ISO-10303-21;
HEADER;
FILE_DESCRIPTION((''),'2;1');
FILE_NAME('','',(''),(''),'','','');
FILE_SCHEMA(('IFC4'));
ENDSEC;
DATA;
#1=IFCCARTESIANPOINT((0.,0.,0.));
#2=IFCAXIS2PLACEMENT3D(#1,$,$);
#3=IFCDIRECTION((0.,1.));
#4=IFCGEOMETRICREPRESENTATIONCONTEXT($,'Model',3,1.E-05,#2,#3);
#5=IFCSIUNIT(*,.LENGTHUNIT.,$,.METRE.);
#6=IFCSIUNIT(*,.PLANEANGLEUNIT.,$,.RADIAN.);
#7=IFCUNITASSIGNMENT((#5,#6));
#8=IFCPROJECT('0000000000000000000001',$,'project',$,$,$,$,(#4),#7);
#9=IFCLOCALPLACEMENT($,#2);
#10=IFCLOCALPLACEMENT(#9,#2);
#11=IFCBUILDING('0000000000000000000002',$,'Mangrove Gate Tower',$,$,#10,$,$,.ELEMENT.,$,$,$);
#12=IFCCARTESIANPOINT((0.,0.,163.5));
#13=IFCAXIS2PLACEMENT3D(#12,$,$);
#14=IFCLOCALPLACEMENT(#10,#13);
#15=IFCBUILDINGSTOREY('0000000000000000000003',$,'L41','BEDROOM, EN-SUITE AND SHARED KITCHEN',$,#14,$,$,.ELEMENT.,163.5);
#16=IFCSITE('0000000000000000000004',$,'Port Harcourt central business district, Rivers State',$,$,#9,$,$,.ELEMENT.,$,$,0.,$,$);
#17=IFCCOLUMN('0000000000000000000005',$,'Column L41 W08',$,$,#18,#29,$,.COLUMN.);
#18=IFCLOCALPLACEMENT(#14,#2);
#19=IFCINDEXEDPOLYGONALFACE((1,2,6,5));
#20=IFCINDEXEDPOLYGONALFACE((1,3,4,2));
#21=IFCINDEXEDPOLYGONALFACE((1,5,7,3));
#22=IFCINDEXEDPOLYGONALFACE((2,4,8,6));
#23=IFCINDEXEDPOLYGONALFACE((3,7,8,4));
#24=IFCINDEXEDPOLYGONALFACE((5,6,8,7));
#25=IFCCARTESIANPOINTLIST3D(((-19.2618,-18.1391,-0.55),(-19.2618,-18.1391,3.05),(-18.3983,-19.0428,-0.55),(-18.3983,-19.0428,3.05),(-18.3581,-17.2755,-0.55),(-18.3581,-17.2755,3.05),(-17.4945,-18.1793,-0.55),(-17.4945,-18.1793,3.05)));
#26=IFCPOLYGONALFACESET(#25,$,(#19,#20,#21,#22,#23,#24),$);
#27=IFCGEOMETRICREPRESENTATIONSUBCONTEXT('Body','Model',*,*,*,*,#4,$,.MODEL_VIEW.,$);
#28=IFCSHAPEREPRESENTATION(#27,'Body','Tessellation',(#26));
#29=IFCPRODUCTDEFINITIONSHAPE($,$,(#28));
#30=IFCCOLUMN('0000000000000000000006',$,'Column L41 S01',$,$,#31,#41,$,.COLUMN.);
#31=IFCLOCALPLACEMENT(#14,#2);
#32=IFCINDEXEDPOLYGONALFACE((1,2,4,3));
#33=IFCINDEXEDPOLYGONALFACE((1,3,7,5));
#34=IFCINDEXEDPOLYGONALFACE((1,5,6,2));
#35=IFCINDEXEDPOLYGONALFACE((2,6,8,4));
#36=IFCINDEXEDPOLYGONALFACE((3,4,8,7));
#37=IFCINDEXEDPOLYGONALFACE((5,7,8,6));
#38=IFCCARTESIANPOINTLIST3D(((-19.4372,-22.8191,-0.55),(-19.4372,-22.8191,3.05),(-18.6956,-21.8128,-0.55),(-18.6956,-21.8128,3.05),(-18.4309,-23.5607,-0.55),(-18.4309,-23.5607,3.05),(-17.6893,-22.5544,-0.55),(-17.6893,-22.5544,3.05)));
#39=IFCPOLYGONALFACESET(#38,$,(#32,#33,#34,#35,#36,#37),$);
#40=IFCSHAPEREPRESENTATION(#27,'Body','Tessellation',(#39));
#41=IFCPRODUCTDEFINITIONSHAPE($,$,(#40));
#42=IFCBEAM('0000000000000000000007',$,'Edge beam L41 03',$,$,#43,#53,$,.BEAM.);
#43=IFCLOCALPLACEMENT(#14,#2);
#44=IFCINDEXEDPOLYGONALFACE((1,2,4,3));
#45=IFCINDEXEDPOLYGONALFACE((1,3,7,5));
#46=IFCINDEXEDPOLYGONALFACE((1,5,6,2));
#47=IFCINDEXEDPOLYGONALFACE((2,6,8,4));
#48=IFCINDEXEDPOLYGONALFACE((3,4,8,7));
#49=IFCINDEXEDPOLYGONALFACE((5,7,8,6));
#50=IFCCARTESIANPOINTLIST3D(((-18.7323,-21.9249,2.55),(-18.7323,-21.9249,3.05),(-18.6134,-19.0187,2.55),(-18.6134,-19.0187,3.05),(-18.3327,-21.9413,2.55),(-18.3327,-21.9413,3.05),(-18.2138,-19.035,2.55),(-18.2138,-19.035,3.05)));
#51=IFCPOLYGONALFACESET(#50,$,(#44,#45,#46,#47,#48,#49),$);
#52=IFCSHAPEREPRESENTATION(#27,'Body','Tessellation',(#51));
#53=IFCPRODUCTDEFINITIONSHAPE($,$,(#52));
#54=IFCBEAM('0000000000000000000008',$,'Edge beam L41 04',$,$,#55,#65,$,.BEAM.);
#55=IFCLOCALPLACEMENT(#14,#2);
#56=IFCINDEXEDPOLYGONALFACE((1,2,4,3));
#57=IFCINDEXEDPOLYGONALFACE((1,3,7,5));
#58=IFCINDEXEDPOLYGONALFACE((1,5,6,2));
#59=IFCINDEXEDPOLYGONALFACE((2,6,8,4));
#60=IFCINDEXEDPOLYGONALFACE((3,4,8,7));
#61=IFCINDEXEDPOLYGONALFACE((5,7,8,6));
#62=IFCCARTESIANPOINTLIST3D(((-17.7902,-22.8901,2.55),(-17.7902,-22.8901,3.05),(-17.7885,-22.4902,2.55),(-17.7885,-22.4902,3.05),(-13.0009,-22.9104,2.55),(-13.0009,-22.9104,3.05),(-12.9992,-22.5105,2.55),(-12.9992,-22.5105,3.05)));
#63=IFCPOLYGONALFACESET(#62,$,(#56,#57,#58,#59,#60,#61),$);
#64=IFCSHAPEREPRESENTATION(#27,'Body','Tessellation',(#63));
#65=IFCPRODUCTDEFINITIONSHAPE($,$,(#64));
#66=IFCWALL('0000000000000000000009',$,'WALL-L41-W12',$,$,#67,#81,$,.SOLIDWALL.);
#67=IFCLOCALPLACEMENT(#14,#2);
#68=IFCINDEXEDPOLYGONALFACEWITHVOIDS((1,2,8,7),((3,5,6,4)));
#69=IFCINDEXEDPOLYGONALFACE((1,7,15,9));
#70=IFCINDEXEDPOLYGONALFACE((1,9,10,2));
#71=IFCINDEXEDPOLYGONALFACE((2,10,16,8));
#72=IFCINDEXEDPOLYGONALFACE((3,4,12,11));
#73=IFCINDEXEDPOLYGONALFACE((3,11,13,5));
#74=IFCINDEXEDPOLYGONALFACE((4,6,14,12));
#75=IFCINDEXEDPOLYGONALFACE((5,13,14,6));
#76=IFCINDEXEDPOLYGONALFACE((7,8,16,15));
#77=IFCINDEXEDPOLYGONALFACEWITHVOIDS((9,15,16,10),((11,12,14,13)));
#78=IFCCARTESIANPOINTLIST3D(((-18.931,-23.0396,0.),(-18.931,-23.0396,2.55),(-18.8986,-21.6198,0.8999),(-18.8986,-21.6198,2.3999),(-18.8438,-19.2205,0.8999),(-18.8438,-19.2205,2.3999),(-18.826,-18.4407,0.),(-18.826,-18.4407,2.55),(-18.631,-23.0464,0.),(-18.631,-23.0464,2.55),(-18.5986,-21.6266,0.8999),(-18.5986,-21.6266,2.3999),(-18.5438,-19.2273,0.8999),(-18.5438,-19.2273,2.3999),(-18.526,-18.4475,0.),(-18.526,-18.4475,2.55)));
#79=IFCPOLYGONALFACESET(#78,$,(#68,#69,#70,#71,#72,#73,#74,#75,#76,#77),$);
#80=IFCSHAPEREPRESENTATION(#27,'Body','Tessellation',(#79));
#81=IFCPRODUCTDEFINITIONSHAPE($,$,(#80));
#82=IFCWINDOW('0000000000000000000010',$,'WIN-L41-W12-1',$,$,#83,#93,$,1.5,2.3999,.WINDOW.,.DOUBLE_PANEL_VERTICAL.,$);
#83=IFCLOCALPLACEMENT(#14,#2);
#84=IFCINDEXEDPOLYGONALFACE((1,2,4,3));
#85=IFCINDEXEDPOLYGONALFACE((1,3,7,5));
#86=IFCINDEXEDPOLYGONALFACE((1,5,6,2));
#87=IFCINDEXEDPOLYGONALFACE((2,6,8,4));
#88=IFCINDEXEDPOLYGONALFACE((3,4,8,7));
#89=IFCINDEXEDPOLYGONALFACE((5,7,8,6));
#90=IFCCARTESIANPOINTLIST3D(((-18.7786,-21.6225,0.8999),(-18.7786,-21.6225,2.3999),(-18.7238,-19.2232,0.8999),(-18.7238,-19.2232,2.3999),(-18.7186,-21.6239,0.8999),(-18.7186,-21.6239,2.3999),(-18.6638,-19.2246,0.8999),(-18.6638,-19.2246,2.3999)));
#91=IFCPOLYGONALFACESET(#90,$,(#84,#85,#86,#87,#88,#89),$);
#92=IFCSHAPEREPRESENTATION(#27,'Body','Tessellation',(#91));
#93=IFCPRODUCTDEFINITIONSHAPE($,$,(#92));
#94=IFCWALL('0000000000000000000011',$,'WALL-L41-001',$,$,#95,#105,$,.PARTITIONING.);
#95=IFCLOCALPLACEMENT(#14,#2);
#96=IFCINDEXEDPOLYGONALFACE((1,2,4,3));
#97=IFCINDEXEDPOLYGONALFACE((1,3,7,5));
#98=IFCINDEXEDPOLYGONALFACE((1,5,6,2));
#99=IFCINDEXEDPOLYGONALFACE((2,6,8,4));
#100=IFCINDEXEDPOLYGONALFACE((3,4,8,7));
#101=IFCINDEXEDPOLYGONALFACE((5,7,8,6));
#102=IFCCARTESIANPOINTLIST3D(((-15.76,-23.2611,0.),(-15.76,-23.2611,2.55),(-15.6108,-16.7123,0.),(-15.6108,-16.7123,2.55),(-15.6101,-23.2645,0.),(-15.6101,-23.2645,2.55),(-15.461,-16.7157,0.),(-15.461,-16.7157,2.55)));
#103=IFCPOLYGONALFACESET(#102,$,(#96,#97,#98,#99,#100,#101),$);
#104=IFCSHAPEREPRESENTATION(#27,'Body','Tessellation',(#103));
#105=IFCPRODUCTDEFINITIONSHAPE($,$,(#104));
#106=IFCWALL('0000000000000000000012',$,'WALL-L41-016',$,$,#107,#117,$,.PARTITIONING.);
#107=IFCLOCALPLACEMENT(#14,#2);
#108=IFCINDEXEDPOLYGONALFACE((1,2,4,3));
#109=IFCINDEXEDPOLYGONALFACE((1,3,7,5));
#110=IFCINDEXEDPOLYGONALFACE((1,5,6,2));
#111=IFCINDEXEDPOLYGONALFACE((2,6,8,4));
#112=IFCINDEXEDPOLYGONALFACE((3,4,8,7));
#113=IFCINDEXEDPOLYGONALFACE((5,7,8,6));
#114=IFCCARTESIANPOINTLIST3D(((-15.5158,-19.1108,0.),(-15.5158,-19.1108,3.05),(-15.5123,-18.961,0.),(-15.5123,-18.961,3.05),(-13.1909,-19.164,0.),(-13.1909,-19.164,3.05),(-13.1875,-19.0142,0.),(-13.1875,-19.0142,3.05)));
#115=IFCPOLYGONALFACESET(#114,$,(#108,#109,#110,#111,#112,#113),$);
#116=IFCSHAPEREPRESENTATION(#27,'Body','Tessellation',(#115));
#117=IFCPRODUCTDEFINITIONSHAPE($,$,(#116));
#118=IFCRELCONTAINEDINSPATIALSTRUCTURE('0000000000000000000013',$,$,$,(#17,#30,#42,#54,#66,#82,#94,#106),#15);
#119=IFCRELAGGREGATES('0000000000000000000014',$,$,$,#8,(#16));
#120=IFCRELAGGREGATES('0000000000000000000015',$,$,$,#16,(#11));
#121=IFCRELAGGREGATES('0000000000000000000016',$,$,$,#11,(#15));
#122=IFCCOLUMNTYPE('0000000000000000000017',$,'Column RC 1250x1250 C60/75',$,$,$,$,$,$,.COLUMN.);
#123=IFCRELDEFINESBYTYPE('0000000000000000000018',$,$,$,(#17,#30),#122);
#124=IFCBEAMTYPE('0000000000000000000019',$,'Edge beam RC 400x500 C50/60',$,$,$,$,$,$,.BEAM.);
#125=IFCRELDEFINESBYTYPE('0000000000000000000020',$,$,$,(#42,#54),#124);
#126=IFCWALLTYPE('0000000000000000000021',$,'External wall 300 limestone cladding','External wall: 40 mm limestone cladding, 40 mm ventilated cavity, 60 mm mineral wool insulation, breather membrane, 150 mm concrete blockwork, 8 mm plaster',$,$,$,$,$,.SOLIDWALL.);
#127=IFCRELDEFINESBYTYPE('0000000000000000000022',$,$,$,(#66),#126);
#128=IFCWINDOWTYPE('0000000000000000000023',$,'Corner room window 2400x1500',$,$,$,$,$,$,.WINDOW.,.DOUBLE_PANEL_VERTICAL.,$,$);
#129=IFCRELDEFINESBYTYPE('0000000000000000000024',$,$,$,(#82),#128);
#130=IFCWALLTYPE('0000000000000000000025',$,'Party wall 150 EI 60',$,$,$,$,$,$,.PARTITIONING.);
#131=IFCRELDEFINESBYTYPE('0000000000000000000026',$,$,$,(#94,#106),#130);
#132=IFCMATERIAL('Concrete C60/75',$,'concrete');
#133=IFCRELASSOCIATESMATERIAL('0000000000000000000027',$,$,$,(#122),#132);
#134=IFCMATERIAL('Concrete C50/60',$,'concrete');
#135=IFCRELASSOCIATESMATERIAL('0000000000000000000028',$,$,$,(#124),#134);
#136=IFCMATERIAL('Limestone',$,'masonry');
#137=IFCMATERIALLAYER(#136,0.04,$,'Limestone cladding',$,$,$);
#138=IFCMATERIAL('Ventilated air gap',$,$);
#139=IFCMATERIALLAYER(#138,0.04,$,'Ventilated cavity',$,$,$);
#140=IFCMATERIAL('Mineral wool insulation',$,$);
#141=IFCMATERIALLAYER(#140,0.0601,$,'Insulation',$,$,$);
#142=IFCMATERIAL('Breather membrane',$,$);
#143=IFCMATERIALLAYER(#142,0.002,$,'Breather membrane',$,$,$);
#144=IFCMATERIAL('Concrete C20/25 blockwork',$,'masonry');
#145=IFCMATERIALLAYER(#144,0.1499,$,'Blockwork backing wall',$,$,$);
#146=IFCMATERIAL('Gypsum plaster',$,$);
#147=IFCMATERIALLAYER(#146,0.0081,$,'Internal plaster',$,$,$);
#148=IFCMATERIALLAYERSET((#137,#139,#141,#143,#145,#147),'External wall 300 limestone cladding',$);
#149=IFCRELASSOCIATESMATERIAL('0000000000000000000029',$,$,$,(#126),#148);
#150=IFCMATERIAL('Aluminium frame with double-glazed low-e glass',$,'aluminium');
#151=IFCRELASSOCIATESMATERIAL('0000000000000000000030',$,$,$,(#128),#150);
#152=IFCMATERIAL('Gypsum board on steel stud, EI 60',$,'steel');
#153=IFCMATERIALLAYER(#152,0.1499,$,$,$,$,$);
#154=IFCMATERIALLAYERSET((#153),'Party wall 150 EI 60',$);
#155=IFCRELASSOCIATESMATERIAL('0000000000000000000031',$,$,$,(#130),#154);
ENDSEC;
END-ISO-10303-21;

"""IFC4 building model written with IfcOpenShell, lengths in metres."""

from ifc_helpers import new_model, si_unit, direction, frame, frame_2d, origin, origin_2d, place, context, subcontext, project, spatial, rectangle, extrude, material, layer, layer_set, material_profile, profile_set, type_object, element, fill, save


model = new_model("IFC4")

# Units and contexts
model_context = context("Model", 3, precision=1e-05, world=origin(), true_north=direction((0.0, 1.0)))
body_context = subcontext(model_context, "Body", "Model", "MODEL_VIEW")
ifc_project = project(units=[si_unit("LENGTHUNIT", "METRE"), si_unit("PLANEANGLEUNIT", "RADIAN")], contexts=[model_context])

# Site, building, storey
site_placement = place(None, origin())
site = spatial("IfcSite", under=ifc_project, at=site_placement, Name="Port Harcourt central business district, Rivers State", CompositionType="ELEMENT", RefElevation=0.0)
building_placement = place(site_placement, origin())
building = spatial("IfcBuilding", under=site, at=building_placement, Name="Mangrove Gate Tower", CompositionType="ELEMENT")
storey_placement = place(building_placement, frame((0.0, 0.0, 163.5)))
storey = spatial("IfcBuildingStorey", under=building, at=storey_placement, Name="L41", Description="BEDROOM, EN-SUITE AND SHARED KITCHEN", CompositionType="ELEMENT", Elevation=163.5)

# Columns
ifc_material_1 = material(Name="Concrete C60/75", Category="concrete")
ifc_material_profile_1 = material_profile(ifc_material_1, rectangle(XDim=1.25, YDim=1.25, at=origin_2d()))
ifc_profile_set_1 = profile_set([ifc_material_profile_1], Name="Concrete C60/75")
column_type = type_object("IfcColumnType", Name="Column RC 1250x1250 C60/75", PredefinedType="COLUMN", material=ifc_profile_set_1)
for number, where, z_axis, x_axis, name in (
    (1, (-18.3782, -18.1592, -0.55), (0.0, 0.0, 1.0), (0.69086, -0.722989, 0.0), "Column L41 W08"),
    (2, (-18.5632, -22.6868, -0.55), (0.0, 0.0, 1.0), (0.804996, -0.59328, 0.0), "Column L41 S01"),
):
    element("IfcColumn", number, at=place(storey_placement, frame(where, z_axis=z_axis, x_axis=x_axis)), inside=storey, type_object=column_type, Name=name, PredefinedType="COLUMN", context=body_context, shape_type="SweptSolid", body=[
        extrude(rectangle(XDim=1.25, YDim=1.25, at=origin_2d()), origin(), (0.0, 0.0, 1.0), 3.6001),
    ])

# Beams
ifc_material_2 = material(Name="Concrete C50/60", Category="concrete")
ifc_material_profile_2 = material_profile(ifc_material_2, rectangle(XDim=0.3999, YDim=0.5, at=origin_2d()))
ifc_profile_set_2 = profile_set([ifc_material_profile_2], Name="Concrete C50/60")
beam_type = type_object("IfcBeamType", Name="Edge beam RC 400x500 C50/60", PredefinedType="BEAM", material=ifc_profile_set_2)
beam_1_placement = place(storey_placement, frame((-18.4136, -19.0269, 2.8), z_axis=(-0.040876, -0.999164, 0.0), x_axis=(0.999164, -0.040876, 0.0)))
element("IfcBeam", 3, at=beam_1_placement, inside=storey, type_object=beam_type, Name="Edge beam L41 03", PredefinedType="BEAM", context=body_context, shape_type="SweptSolid", body=[
    extrude(rectangle(XDim=0.3999, YDim=0.5, at=origin_2d()), origin(), (0.0, 0.0, 1.0), 2.9087),
])
beam_2_placement = place(storey_placement, frame((-17.7893, -22.6902, 2.8), z_axis=(0.999991, -0.004231, 0.0), x_axis=(0.004231, 0.999991, 0.0)))
element("IfcBeam", 4, at=beam_2_placement, inside=storey, type_object=beam_type, Name="Edge beam L41 04", PredefinedType="BEAM", context=body_context, shape_type="SweptSolid", body=[
    extrude(rectangle(XDim=0.3999, YDim=0.5, at=origin_2d()), origin(), (0.0, 0.0, 1.0), 4.7893),
])

# Wall, opening, window
ifc_material_3 = material(Name="Limestone", Category="masonry")
ifc_layer_1 = layer(ifc_material_3, 0.04, Name="Limestone cladding")
ifc_material_4 = material(Name="Ventilated air gap")
ifc_layer_2 = layer(ifc_material_4, 0.04, Name="Ventilated cavity")
ifc_material_5 = material(Name="Mineral wool insulation")
ifc_layer_3 = layer(ifc_material_5, 0.0601, Name="Insulation")
ifc_material_6 = material(Name="Breather membrane")
ifc_layer_4 = layer(ifc_material_6, 0.002, Name="Breather membrane")
ifc_material_7 = material(Name="Concrete C20/25 blockwork", Category="masonry")
ifc_layer_5 = layer(ifc_material_7, 0.1499, Name="Blockwork backing wall")
ifc_material_8 = material(Name="Gypsum plaster")
ifc_layer_6 = layer(ifc_material_8, 0.0081, Name="Internal plaster")
ifc_layer_set_1 = layer_set([ifc_layer_1, ifc_layer_2, ifc_layer_3, ifc_layer_4, ifc_layer_5, ifc_layer_6], Name="External wall 300 limestone cladding")
wall_type_1 = type_object("IfcWallType", Name="External wall 300 limestone cladding", Description="External wall: 40 mm limestone cladding, 40 mm ventilated cavity, 60 mm mineral wool insulation, breather membrane, 150 mm concrete blockwork, 8 mm plaster", PredefinedType="SOLIDWALL", material=ifc_layer_set_1)
wall_1_placement = place(storey_placement, frame((-18.676, -18.4441, 0.0), z_axis=(0.0, 0.0, 1.0), x_axis=(-0.022821, -0.99974, 0.0)))
wall_1 = element("IfcWall", 5, at=wall_1_placement, inside=storey, type_object=wall_type_1, Name="WALL-L41-W12", PredefinedType="SOLIDWALL", context=body_context, shape_type="SweptSolid", body=[
    extrude(rectangle(XDim=4.6001, YDim=0.3, at=frame_2d((2.3, 0.0))), origin(), (0.0, 0.0, 1.0), 2.55),
])
opening_1_placement = place(wall_1_placement, frame((0.78, 0.0, 0.8999)))
opening_1 = element("IfcOpeningElement", 6, at=opening_1_placement, cuts=wall_1, PredefinedType="OPENING", context=body_context, shape_type="SweptSolid", body=[
    extrude(rectangle(XDim=2.3999, YDim=1.5, at=frame_2d((1.2, 0.75))), frame((0.0, 0.1599, 0.0), z_axis=(0.0, -1.0, 0.0), x_axis=(1.0, 0.0, 0.0)), (0.0, 0.0, 1.0), 0.3201),
])
ifc_material_9 = material(Name="Aluminium frame with double-glazed low-e glass", Category="aluminium")
window_type = type_object("IfcWindowType", Name="Corner room window 2400x1500", PartitioningType="DOUBLE_PANEL_VERTICAL", PredefinedType="WINDOW", material=ifc_material_9)
window_placement = place(opening_1_placement, origin())
window = element("IfcWindow", 7, at=window_placement, inside=storey, type_object=window_type, Name="WIN-L41-W12-1", OverallHeight=1.5, OverallWidth=2.3999, PartitioningType="DOUBLE_PANEL_VERTICAL", PredefinedType="WINDOW", context=body_context, shape_type="SweptSolid", body=[
    extrude(rectangle(XDim=2.3999, YDim=1.5, at=frame_2d((1.2, 0.75))), frame((0.0, 0.03, 0.0), z_axis=(0.0, -1.0, 0.0), x_axis=(1.0, 0.0, 0.0)), (0.0, 0.0, 1.0), 0.0601),
])
fill(opening_1, window)

# Walls
ifc_material_10 = material(Name="Gypsum board on steel stud, EI 60", Category="steel")
ifc_layer_7 = layer(ifc_material_10, 0.1499)
ifc_layer_set_2 = layer_set([ifc_layer_7], Name="Party wall 150 EI 60")
wall_type_2 = type_object("IfcWallType", Name="Party wall 150 EI 60", PredefinedType="PARTITIONING", material=ifc_layer_set_2)
wall_2_placement = place(storey_placement, frame((-15.6851, -23.2629, 0.0), z_axis=(0.0, 0.0, 1.0), x_axis=(0.022772, 0.999741, 0.0)))
element("IfcWall", 8, at=wall_2_placement, inside=storey, type_object=wall_type_2, Name="WALL-L41-001", PredefinedType="PARTITIONING", context=body_context, shape_type="SweptSolid", body=[
    extrude(rectangle(XDim=6.5505, YDim=0.1499, at=frame_2d((3.2754, 0.0))), origin(), (0.0, 0.0, 1.0), 2.55),
])
wall_3_placement = place(storey_placement, frame((-15.5139, -19.0359, 0.0), z_axis=(0.0, 0.0, 1.0), x_axis=(0.999738, -0.022886, 0.0)))
element("IfcWall", 9, at=wall_3_placement, inside=storey, type_object=wall_type_2, Name="WALL-L41-016", PredefinedType="PARTITIONING", context=body_context, shape_type="SweptSolid", body=[
    extrude(rectangle(XDim=2.3254, YDim=0.1499, at=frame_2d((1.1626, 0.0))), origin(), (0.0, 0.0, 1.0), 3.05),
])

save(model, "model.ifc")
